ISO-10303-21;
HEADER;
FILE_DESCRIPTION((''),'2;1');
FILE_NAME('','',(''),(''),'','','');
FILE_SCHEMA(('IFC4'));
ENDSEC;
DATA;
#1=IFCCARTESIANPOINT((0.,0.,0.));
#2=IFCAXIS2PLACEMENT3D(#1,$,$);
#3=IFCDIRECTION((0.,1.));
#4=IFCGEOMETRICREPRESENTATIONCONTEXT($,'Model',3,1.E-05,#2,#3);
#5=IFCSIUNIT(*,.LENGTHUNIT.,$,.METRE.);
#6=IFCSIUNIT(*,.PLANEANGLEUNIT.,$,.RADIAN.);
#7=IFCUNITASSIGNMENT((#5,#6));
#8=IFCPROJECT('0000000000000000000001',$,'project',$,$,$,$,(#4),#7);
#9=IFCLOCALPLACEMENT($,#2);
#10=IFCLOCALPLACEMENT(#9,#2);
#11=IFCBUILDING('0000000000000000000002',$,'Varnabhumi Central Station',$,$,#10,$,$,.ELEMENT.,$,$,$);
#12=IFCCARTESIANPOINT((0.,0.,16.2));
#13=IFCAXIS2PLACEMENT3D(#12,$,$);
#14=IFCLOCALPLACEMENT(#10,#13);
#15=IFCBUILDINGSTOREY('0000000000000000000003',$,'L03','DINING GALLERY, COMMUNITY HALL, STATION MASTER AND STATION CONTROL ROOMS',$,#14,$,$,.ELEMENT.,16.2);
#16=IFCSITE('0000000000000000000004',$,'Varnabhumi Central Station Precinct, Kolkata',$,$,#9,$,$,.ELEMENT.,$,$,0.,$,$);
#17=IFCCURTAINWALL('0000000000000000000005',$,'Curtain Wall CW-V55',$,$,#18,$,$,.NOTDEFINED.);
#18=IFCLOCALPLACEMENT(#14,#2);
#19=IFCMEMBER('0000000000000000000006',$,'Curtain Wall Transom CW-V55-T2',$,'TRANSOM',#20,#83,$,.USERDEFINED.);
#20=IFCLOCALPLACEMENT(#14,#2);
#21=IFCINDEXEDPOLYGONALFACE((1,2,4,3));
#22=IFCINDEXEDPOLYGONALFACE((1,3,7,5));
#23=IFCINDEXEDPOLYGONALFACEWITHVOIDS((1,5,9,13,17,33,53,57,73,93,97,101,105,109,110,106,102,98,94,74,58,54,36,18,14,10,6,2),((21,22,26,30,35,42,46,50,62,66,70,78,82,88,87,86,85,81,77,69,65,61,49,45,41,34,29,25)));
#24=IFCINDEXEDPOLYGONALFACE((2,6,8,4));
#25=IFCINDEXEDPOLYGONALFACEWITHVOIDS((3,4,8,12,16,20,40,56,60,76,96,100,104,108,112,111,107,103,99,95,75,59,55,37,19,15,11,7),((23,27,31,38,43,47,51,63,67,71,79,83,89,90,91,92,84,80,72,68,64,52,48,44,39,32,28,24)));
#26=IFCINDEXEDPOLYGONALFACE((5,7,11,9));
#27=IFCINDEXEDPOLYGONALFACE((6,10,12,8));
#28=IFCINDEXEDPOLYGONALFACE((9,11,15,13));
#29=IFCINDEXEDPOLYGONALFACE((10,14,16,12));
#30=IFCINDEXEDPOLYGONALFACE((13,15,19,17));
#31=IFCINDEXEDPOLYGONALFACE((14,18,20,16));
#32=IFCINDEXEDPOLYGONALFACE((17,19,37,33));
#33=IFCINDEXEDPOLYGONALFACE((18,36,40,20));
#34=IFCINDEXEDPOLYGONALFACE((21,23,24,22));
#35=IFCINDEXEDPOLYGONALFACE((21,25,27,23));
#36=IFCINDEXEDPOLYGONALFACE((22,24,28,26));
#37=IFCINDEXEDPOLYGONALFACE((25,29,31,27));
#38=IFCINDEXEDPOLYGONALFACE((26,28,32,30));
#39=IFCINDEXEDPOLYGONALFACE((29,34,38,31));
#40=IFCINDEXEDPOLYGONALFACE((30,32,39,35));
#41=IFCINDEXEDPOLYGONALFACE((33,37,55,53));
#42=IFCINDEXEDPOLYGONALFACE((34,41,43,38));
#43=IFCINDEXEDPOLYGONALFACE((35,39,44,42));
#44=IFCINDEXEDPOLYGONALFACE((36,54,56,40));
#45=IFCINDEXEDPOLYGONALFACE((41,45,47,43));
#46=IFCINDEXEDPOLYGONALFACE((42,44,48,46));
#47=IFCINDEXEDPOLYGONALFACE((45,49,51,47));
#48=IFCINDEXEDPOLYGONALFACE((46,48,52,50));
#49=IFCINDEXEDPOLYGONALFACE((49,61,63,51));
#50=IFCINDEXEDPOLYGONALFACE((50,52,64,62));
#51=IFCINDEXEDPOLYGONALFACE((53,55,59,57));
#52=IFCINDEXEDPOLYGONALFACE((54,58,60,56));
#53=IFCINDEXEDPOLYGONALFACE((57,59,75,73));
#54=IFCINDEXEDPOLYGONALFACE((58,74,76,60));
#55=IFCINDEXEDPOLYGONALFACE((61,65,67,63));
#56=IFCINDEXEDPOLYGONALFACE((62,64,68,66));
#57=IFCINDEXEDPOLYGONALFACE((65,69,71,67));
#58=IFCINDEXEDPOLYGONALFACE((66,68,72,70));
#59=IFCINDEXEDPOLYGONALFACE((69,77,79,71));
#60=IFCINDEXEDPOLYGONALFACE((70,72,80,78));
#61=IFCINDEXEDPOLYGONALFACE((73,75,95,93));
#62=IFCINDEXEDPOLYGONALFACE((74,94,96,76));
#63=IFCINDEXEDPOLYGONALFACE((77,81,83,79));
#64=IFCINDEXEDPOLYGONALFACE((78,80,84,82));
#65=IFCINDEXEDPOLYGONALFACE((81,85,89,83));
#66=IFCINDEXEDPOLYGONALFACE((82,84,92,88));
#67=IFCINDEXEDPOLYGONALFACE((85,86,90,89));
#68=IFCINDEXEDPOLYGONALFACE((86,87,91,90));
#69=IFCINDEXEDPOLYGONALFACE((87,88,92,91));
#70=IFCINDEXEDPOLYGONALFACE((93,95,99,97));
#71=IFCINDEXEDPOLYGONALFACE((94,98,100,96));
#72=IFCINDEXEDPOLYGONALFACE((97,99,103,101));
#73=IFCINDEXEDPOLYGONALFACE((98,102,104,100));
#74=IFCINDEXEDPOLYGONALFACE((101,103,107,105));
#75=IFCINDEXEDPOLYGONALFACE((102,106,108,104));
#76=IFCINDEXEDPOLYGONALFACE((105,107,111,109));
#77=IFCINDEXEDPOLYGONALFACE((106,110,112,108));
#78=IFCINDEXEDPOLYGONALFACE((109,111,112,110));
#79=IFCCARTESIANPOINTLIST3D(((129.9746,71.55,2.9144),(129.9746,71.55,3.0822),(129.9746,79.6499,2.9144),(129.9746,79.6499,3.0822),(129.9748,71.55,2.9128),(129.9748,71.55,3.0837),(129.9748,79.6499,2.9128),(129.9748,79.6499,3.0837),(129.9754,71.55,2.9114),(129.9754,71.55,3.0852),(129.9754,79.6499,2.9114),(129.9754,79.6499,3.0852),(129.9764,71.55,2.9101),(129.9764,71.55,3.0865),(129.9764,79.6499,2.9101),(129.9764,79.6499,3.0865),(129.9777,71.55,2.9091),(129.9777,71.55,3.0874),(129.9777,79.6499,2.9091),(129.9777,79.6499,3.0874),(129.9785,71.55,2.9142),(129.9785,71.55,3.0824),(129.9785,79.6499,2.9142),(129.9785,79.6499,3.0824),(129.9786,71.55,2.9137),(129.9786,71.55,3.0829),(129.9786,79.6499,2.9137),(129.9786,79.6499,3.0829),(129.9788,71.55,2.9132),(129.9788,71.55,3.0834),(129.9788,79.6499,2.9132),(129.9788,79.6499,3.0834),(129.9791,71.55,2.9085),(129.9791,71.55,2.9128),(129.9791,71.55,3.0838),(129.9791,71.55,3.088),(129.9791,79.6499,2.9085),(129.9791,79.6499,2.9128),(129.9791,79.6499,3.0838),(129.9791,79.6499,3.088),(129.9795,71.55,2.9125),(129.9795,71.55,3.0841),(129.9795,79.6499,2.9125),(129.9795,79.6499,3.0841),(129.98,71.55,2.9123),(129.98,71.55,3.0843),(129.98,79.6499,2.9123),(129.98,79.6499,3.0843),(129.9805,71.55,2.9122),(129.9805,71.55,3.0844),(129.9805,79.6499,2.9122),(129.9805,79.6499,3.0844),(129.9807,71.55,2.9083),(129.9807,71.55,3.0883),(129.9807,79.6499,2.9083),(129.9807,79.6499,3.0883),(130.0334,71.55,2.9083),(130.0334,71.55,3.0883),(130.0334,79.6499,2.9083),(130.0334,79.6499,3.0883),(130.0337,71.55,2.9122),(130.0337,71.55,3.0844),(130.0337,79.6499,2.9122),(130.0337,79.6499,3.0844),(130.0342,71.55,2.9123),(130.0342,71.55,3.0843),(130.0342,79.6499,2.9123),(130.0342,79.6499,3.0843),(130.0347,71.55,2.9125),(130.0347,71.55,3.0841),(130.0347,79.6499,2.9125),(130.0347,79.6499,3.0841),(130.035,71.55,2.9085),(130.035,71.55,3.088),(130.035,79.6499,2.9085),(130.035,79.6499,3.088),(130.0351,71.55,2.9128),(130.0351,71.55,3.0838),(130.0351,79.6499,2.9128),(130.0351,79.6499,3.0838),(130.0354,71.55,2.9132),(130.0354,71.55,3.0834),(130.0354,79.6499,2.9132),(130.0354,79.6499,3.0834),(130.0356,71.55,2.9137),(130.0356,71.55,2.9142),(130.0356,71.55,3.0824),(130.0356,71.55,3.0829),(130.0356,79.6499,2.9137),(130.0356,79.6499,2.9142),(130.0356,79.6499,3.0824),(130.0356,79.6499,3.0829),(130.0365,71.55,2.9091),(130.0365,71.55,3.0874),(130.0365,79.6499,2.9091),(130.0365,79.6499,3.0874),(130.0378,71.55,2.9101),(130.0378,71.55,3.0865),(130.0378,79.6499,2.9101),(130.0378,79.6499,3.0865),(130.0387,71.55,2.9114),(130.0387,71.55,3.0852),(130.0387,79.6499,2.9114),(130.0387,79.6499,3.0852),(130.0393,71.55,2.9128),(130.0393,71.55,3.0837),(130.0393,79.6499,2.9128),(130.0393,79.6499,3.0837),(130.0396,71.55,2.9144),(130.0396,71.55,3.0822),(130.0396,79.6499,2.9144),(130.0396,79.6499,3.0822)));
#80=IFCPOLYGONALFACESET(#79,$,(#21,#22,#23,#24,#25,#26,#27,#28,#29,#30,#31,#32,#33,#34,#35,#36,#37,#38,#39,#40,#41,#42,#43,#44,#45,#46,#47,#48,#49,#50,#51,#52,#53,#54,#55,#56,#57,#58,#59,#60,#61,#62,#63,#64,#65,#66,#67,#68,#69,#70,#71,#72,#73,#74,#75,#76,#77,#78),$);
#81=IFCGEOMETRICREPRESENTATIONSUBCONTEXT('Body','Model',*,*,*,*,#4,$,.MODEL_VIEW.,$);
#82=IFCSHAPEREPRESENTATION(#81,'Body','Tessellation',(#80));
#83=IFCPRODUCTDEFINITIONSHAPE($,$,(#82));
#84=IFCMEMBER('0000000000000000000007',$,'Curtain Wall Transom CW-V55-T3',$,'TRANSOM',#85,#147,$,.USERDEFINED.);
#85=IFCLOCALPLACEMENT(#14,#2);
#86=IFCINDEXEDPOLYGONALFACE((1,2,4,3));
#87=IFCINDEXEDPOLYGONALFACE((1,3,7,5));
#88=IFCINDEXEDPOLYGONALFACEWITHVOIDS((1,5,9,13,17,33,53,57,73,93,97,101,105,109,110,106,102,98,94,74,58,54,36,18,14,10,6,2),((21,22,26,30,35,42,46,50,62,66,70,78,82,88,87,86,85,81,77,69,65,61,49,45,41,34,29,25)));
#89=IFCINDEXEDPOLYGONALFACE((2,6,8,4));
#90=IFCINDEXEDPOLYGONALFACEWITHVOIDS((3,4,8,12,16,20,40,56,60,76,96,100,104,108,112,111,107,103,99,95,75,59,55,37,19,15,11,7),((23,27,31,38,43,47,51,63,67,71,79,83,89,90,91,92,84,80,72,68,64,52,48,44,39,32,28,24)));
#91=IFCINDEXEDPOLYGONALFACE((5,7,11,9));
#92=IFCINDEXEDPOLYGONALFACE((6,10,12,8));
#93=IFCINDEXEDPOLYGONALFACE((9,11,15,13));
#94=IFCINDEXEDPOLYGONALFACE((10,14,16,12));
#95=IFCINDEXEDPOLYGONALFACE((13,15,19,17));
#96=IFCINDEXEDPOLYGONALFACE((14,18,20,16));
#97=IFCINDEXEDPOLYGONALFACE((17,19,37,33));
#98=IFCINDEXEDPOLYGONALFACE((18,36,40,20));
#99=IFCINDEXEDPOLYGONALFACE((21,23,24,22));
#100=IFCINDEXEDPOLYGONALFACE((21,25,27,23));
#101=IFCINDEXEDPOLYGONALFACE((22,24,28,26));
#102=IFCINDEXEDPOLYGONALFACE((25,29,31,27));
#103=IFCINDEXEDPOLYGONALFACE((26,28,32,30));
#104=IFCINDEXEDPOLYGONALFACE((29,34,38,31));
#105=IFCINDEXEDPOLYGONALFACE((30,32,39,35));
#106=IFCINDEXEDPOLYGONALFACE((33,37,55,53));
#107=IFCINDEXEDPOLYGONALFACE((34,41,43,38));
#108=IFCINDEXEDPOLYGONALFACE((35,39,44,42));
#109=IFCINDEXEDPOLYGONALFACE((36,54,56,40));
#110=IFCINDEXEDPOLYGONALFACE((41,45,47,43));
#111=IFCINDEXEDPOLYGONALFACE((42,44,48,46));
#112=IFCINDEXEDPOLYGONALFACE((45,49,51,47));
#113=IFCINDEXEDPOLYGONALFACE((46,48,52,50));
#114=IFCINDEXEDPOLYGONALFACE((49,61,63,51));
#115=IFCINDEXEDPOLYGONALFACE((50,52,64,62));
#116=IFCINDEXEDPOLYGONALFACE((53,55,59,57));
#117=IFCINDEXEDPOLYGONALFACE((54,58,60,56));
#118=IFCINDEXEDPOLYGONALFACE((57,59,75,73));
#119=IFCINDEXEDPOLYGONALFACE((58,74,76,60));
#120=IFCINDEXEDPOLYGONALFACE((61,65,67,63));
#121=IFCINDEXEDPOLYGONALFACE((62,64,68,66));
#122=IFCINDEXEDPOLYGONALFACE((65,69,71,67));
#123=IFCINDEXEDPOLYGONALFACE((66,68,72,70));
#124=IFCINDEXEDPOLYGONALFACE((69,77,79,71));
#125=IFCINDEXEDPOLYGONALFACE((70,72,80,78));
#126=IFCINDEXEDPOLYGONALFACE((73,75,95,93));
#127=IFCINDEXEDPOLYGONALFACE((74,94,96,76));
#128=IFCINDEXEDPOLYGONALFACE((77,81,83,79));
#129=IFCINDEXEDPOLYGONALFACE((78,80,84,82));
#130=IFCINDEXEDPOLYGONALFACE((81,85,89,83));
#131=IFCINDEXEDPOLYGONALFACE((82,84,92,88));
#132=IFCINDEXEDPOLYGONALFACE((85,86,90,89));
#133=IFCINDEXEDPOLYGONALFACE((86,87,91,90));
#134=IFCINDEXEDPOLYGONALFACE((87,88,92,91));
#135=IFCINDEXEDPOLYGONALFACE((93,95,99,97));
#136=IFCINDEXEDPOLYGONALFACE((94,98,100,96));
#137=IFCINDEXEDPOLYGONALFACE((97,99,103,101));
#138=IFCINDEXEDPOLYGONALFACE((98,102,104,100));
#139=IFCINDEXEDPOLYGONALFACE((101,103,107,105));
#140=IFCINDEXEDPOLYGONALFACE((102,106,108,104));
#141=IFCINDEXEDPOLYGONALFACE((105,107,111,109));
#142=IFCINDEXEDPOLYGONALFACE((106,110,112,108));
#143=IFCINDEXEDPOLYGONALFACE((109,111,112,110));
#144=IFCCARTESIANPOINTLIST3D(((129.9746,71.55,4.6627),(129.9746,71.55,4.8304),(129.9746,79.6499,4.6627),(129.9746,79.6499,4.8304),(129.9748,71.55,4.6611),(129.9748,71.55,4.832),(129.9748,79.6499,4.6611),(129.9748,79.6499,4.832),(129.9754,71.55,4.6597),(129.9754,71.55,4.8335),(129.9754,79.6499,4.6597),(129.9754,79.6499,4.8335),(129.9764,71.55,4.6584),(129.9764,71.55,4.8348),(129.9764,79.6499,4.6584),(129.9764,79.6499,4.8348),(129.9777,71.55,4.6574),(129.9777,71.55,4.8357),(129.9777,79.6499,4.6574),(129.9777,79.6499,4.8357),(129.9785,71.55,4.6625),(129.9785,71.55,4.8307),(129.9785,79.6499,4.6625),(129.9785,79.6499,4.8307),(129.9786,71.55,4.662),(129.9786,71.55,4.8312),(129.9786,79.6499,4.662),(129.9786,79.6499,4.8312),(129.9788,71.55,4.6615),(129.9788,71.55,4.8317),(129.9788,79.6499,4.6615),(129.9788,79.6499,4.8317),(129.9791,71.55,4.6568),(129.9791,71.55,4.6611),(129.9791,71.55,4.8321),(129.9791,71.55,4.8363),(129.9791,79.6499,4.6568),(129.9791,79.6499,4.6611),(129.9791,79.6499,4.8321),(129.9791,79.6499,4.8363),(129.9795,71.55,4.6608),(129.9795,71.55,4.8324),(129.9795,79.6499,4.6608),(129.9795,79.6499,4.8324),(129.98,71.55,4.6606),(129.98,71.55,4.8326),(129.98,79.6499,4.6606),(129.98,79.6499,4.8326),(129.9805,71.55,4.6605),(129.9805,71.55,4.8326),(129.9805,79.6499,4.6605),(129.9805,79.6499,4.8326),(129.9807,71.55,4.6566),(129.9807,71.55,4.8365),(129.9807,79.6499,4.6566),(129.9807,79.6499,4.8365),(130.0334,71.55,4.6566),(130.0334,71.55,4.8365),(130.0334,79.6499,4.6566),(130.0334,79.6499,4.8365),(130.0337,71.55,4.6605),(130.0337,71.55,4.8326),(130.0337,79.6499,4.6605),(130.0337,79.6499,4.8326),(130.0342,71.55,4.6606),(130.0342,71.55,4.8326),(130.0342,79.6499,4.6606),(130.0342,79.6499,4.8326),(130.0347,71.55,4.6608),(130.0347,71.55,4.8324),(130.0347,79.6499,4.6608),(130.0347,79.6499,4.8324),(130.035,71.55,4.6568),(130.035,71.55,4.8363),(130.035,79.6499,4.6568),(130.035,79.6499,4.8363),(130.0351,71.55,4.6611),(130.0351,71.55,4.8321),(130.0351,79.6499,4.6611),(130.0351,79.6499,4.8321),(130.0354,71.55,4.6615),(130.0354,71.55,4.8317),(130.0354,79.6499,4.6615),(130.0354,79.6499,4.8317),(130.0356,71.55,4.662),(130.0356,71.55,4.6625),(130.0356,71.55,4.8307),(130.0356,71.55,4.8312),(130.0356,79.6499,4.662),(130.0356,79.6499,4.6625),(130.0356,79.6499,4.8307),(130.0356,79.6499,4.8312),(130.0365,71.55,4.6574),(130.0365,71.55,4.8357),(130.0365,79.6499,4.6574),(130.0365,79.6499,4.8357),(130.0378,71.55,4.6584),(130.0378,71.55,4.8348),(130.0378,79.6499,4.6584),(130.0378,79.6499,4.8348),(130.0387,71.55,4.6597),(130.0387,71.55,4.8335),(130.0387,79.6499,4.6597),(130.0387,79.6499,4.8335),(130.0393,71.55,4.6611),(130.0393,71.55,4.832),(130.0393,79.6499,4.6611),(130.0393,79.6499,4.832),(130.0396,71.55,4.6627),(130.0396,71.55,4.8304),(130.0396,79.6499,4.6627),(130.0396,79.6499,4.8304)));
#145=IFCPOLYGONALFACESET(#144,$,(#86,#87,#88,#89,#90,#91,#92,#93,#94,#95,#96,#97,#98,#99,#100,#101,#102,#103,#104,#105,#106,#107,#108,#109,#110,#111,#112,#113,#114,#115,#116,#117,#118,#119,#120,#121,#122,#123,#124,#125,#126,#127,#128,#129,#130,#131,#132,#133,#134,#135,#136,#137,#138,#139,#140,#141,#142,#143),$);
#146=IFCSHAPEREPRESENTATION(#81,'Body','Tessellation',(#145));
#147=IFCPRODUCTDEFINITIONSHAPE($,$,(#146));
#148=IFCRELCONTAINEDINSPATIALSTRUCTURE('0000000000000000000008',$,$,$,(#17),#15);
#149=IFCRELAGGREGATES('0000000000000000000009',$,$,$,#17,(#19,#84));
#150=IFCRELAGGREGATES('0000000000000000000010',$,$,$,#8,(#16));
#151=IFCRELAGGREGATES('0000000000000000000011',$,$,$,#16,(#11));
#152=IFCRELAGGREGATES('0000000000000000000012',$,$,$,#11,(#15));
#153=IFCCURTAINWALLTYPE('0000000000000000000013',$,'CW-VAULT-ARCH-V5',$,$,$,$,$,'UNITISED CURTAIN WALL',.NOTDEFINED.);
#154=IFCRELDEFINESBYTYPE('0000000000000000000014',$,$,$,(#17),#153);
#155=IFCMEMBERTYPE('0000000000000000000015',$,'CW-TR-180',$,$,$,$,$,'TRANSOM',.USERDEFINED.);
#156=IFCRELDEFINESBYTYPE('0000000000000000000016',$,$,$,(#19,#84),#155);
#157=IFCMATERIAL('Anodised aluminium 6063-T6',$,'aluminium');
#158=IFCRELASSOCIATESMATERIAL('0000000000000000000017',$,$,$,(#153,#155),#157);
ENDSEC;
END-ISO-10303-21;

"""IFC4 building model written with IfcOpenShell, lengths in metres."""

from ifc_helpers import new_model, si_unit, direction, frame, origin, origin_2d, place, context, subcontext, project, spatial, hollow_rectangle, extrude, material, material_profile, profile_set, type_object, element, aggregate, save


model = new_model("IFC4")

# Units and contexts
model_context = context("Model", 3, precision=1e-05, world=origin(), true_north=direction((0.0, 1.0)))
body_context = subcontext(model_context, "Body", "Model", "MODEL_VIEW")
ifc_project = project(units=[si_unit("LENGTHUNIT", "METRE"), si_unit("PLANEANGLEUNIT", "RADIAN")], contexts=[model_context])

# Site, building, storey
site_placement = place(None, origin())
site = spatial("IfcSite", under=ifc_project, at=site_placement, Name="Varnabhumi Central Station Precinct, Kolkata", CompositionType="ELEMENT", RefElevation=0.0)
building_placement = place(site_placement, origin())
building = spatial("IfcBuilding", under=site, at=building_placement, Name="Varnabhumi Central Station", CompositionType="ELEMENT")
storey_placement = place(building_placement, frame((0.0, 0.0, 16.2)))
storey = spatial("IfcBuildingStorey", under=building, at=storey_placement, Name="L03", Description="DINING GALLERY, COMMUNITY HALL, STATION MASTER AND STATION CONTROL ROOMS", CompositionType="ELEMENT", Elevation=16.2)

# Shared definitions
ifc_material_1 = material(Name="Anodised aluminium 6063-T6", Category="aluminium")

# Curtain wall
curtain_wall_type_1 = type_object("IfcCurtainWallType", Name="CW-VAULT-ARCH-V5", ElementType="UNITISED CURTAIN WALL", PredefinedType="NOTDEFINED", material=ifc_material_1)
curtain_wall_1_placement = place(storey_placement, origin())
curtain_wall_1 = element("IfcCurtainWall", 1, at=curtain_wall_1_placement, inside=storey, type_object=curtain_wall_type_1, Name="Curtain Wall CW-V55", PredefinedType="NOTDEFINED")

# Members
ifc_material_profile_1 = material_profile(ifc_material_1, hollow_rectangle(XDim=0.0649, YDim=0.1799, WallThickness=0.0039, InnerFilletRadius=0.002, OuterFilletRadius=0.0061, at=origin_2d()), Name="Anodised aluminium 6063-T6", Category="aluminium")
ifc_profile_set_1 = profile_set([ifc_material_profile_1], Name="Anodised aluminium 6063-T6")
member_type_1 = type_object("IfcMemberType", Name="CW-TR-180", ElementType="TRANSOM", PredefinedType="USERDEFINED", material=ifc_profile_set_1)
member_1_placement = place(storey_placement, frame((130.0071, 71.55, 2.9983), z_axis=(0.0, 1.0, 0.0), x_axis=(-1.0, 0.0, 0.0)))
member_1 = element("IfcMember", 2, at=member_1_placement, type_object=member_type_1, Name="Curtain Wall Transom CW-V55-T2", ObjectType="TRANSOM", PredefinedType="USERDEFINED", context=body_context, shape_type="SweptSolid", body=[
    extrude(hollow_rectangle(XDim=0.0649, YDim=0.1799, WallThickness=0.0039, InnerFilletRadius=0.002, OuterFilletRadius=0.0061, at=origin_2d()), origin(), (0.0, 0.0, 1.0), 8.0999),
])
member_2_placement = place(storey_placement, frame((130.0071, 71.55, 4.7466), z_axis=(0.0, 1.0, 0.0), x_axis=(-1.0, 0.0, 0.0)))
member_2 = element("IfcMember", 3, at=member_2_placement, type_object=member_type_1, Name="Curtain Wall Transom CW-V55-T3", ObjectType="TRANSOM", PredefinedType="USERDEFINED", context=body_context, shape_type="SweptSolid", body=[
    extrude(hollow_rectangle(XDim=0.0649, YDim=0.1799, WallThickness=0.0039, InnerFilletRadius=0.002, OuterFilletRadius=0.0061, at=origin_2d()), origin(), (0.0, 0.0, 1.0), 8.0999),
])

aggregate(curtain_wall_1, [member_1, member_2])

save(model, "model.ifc")
